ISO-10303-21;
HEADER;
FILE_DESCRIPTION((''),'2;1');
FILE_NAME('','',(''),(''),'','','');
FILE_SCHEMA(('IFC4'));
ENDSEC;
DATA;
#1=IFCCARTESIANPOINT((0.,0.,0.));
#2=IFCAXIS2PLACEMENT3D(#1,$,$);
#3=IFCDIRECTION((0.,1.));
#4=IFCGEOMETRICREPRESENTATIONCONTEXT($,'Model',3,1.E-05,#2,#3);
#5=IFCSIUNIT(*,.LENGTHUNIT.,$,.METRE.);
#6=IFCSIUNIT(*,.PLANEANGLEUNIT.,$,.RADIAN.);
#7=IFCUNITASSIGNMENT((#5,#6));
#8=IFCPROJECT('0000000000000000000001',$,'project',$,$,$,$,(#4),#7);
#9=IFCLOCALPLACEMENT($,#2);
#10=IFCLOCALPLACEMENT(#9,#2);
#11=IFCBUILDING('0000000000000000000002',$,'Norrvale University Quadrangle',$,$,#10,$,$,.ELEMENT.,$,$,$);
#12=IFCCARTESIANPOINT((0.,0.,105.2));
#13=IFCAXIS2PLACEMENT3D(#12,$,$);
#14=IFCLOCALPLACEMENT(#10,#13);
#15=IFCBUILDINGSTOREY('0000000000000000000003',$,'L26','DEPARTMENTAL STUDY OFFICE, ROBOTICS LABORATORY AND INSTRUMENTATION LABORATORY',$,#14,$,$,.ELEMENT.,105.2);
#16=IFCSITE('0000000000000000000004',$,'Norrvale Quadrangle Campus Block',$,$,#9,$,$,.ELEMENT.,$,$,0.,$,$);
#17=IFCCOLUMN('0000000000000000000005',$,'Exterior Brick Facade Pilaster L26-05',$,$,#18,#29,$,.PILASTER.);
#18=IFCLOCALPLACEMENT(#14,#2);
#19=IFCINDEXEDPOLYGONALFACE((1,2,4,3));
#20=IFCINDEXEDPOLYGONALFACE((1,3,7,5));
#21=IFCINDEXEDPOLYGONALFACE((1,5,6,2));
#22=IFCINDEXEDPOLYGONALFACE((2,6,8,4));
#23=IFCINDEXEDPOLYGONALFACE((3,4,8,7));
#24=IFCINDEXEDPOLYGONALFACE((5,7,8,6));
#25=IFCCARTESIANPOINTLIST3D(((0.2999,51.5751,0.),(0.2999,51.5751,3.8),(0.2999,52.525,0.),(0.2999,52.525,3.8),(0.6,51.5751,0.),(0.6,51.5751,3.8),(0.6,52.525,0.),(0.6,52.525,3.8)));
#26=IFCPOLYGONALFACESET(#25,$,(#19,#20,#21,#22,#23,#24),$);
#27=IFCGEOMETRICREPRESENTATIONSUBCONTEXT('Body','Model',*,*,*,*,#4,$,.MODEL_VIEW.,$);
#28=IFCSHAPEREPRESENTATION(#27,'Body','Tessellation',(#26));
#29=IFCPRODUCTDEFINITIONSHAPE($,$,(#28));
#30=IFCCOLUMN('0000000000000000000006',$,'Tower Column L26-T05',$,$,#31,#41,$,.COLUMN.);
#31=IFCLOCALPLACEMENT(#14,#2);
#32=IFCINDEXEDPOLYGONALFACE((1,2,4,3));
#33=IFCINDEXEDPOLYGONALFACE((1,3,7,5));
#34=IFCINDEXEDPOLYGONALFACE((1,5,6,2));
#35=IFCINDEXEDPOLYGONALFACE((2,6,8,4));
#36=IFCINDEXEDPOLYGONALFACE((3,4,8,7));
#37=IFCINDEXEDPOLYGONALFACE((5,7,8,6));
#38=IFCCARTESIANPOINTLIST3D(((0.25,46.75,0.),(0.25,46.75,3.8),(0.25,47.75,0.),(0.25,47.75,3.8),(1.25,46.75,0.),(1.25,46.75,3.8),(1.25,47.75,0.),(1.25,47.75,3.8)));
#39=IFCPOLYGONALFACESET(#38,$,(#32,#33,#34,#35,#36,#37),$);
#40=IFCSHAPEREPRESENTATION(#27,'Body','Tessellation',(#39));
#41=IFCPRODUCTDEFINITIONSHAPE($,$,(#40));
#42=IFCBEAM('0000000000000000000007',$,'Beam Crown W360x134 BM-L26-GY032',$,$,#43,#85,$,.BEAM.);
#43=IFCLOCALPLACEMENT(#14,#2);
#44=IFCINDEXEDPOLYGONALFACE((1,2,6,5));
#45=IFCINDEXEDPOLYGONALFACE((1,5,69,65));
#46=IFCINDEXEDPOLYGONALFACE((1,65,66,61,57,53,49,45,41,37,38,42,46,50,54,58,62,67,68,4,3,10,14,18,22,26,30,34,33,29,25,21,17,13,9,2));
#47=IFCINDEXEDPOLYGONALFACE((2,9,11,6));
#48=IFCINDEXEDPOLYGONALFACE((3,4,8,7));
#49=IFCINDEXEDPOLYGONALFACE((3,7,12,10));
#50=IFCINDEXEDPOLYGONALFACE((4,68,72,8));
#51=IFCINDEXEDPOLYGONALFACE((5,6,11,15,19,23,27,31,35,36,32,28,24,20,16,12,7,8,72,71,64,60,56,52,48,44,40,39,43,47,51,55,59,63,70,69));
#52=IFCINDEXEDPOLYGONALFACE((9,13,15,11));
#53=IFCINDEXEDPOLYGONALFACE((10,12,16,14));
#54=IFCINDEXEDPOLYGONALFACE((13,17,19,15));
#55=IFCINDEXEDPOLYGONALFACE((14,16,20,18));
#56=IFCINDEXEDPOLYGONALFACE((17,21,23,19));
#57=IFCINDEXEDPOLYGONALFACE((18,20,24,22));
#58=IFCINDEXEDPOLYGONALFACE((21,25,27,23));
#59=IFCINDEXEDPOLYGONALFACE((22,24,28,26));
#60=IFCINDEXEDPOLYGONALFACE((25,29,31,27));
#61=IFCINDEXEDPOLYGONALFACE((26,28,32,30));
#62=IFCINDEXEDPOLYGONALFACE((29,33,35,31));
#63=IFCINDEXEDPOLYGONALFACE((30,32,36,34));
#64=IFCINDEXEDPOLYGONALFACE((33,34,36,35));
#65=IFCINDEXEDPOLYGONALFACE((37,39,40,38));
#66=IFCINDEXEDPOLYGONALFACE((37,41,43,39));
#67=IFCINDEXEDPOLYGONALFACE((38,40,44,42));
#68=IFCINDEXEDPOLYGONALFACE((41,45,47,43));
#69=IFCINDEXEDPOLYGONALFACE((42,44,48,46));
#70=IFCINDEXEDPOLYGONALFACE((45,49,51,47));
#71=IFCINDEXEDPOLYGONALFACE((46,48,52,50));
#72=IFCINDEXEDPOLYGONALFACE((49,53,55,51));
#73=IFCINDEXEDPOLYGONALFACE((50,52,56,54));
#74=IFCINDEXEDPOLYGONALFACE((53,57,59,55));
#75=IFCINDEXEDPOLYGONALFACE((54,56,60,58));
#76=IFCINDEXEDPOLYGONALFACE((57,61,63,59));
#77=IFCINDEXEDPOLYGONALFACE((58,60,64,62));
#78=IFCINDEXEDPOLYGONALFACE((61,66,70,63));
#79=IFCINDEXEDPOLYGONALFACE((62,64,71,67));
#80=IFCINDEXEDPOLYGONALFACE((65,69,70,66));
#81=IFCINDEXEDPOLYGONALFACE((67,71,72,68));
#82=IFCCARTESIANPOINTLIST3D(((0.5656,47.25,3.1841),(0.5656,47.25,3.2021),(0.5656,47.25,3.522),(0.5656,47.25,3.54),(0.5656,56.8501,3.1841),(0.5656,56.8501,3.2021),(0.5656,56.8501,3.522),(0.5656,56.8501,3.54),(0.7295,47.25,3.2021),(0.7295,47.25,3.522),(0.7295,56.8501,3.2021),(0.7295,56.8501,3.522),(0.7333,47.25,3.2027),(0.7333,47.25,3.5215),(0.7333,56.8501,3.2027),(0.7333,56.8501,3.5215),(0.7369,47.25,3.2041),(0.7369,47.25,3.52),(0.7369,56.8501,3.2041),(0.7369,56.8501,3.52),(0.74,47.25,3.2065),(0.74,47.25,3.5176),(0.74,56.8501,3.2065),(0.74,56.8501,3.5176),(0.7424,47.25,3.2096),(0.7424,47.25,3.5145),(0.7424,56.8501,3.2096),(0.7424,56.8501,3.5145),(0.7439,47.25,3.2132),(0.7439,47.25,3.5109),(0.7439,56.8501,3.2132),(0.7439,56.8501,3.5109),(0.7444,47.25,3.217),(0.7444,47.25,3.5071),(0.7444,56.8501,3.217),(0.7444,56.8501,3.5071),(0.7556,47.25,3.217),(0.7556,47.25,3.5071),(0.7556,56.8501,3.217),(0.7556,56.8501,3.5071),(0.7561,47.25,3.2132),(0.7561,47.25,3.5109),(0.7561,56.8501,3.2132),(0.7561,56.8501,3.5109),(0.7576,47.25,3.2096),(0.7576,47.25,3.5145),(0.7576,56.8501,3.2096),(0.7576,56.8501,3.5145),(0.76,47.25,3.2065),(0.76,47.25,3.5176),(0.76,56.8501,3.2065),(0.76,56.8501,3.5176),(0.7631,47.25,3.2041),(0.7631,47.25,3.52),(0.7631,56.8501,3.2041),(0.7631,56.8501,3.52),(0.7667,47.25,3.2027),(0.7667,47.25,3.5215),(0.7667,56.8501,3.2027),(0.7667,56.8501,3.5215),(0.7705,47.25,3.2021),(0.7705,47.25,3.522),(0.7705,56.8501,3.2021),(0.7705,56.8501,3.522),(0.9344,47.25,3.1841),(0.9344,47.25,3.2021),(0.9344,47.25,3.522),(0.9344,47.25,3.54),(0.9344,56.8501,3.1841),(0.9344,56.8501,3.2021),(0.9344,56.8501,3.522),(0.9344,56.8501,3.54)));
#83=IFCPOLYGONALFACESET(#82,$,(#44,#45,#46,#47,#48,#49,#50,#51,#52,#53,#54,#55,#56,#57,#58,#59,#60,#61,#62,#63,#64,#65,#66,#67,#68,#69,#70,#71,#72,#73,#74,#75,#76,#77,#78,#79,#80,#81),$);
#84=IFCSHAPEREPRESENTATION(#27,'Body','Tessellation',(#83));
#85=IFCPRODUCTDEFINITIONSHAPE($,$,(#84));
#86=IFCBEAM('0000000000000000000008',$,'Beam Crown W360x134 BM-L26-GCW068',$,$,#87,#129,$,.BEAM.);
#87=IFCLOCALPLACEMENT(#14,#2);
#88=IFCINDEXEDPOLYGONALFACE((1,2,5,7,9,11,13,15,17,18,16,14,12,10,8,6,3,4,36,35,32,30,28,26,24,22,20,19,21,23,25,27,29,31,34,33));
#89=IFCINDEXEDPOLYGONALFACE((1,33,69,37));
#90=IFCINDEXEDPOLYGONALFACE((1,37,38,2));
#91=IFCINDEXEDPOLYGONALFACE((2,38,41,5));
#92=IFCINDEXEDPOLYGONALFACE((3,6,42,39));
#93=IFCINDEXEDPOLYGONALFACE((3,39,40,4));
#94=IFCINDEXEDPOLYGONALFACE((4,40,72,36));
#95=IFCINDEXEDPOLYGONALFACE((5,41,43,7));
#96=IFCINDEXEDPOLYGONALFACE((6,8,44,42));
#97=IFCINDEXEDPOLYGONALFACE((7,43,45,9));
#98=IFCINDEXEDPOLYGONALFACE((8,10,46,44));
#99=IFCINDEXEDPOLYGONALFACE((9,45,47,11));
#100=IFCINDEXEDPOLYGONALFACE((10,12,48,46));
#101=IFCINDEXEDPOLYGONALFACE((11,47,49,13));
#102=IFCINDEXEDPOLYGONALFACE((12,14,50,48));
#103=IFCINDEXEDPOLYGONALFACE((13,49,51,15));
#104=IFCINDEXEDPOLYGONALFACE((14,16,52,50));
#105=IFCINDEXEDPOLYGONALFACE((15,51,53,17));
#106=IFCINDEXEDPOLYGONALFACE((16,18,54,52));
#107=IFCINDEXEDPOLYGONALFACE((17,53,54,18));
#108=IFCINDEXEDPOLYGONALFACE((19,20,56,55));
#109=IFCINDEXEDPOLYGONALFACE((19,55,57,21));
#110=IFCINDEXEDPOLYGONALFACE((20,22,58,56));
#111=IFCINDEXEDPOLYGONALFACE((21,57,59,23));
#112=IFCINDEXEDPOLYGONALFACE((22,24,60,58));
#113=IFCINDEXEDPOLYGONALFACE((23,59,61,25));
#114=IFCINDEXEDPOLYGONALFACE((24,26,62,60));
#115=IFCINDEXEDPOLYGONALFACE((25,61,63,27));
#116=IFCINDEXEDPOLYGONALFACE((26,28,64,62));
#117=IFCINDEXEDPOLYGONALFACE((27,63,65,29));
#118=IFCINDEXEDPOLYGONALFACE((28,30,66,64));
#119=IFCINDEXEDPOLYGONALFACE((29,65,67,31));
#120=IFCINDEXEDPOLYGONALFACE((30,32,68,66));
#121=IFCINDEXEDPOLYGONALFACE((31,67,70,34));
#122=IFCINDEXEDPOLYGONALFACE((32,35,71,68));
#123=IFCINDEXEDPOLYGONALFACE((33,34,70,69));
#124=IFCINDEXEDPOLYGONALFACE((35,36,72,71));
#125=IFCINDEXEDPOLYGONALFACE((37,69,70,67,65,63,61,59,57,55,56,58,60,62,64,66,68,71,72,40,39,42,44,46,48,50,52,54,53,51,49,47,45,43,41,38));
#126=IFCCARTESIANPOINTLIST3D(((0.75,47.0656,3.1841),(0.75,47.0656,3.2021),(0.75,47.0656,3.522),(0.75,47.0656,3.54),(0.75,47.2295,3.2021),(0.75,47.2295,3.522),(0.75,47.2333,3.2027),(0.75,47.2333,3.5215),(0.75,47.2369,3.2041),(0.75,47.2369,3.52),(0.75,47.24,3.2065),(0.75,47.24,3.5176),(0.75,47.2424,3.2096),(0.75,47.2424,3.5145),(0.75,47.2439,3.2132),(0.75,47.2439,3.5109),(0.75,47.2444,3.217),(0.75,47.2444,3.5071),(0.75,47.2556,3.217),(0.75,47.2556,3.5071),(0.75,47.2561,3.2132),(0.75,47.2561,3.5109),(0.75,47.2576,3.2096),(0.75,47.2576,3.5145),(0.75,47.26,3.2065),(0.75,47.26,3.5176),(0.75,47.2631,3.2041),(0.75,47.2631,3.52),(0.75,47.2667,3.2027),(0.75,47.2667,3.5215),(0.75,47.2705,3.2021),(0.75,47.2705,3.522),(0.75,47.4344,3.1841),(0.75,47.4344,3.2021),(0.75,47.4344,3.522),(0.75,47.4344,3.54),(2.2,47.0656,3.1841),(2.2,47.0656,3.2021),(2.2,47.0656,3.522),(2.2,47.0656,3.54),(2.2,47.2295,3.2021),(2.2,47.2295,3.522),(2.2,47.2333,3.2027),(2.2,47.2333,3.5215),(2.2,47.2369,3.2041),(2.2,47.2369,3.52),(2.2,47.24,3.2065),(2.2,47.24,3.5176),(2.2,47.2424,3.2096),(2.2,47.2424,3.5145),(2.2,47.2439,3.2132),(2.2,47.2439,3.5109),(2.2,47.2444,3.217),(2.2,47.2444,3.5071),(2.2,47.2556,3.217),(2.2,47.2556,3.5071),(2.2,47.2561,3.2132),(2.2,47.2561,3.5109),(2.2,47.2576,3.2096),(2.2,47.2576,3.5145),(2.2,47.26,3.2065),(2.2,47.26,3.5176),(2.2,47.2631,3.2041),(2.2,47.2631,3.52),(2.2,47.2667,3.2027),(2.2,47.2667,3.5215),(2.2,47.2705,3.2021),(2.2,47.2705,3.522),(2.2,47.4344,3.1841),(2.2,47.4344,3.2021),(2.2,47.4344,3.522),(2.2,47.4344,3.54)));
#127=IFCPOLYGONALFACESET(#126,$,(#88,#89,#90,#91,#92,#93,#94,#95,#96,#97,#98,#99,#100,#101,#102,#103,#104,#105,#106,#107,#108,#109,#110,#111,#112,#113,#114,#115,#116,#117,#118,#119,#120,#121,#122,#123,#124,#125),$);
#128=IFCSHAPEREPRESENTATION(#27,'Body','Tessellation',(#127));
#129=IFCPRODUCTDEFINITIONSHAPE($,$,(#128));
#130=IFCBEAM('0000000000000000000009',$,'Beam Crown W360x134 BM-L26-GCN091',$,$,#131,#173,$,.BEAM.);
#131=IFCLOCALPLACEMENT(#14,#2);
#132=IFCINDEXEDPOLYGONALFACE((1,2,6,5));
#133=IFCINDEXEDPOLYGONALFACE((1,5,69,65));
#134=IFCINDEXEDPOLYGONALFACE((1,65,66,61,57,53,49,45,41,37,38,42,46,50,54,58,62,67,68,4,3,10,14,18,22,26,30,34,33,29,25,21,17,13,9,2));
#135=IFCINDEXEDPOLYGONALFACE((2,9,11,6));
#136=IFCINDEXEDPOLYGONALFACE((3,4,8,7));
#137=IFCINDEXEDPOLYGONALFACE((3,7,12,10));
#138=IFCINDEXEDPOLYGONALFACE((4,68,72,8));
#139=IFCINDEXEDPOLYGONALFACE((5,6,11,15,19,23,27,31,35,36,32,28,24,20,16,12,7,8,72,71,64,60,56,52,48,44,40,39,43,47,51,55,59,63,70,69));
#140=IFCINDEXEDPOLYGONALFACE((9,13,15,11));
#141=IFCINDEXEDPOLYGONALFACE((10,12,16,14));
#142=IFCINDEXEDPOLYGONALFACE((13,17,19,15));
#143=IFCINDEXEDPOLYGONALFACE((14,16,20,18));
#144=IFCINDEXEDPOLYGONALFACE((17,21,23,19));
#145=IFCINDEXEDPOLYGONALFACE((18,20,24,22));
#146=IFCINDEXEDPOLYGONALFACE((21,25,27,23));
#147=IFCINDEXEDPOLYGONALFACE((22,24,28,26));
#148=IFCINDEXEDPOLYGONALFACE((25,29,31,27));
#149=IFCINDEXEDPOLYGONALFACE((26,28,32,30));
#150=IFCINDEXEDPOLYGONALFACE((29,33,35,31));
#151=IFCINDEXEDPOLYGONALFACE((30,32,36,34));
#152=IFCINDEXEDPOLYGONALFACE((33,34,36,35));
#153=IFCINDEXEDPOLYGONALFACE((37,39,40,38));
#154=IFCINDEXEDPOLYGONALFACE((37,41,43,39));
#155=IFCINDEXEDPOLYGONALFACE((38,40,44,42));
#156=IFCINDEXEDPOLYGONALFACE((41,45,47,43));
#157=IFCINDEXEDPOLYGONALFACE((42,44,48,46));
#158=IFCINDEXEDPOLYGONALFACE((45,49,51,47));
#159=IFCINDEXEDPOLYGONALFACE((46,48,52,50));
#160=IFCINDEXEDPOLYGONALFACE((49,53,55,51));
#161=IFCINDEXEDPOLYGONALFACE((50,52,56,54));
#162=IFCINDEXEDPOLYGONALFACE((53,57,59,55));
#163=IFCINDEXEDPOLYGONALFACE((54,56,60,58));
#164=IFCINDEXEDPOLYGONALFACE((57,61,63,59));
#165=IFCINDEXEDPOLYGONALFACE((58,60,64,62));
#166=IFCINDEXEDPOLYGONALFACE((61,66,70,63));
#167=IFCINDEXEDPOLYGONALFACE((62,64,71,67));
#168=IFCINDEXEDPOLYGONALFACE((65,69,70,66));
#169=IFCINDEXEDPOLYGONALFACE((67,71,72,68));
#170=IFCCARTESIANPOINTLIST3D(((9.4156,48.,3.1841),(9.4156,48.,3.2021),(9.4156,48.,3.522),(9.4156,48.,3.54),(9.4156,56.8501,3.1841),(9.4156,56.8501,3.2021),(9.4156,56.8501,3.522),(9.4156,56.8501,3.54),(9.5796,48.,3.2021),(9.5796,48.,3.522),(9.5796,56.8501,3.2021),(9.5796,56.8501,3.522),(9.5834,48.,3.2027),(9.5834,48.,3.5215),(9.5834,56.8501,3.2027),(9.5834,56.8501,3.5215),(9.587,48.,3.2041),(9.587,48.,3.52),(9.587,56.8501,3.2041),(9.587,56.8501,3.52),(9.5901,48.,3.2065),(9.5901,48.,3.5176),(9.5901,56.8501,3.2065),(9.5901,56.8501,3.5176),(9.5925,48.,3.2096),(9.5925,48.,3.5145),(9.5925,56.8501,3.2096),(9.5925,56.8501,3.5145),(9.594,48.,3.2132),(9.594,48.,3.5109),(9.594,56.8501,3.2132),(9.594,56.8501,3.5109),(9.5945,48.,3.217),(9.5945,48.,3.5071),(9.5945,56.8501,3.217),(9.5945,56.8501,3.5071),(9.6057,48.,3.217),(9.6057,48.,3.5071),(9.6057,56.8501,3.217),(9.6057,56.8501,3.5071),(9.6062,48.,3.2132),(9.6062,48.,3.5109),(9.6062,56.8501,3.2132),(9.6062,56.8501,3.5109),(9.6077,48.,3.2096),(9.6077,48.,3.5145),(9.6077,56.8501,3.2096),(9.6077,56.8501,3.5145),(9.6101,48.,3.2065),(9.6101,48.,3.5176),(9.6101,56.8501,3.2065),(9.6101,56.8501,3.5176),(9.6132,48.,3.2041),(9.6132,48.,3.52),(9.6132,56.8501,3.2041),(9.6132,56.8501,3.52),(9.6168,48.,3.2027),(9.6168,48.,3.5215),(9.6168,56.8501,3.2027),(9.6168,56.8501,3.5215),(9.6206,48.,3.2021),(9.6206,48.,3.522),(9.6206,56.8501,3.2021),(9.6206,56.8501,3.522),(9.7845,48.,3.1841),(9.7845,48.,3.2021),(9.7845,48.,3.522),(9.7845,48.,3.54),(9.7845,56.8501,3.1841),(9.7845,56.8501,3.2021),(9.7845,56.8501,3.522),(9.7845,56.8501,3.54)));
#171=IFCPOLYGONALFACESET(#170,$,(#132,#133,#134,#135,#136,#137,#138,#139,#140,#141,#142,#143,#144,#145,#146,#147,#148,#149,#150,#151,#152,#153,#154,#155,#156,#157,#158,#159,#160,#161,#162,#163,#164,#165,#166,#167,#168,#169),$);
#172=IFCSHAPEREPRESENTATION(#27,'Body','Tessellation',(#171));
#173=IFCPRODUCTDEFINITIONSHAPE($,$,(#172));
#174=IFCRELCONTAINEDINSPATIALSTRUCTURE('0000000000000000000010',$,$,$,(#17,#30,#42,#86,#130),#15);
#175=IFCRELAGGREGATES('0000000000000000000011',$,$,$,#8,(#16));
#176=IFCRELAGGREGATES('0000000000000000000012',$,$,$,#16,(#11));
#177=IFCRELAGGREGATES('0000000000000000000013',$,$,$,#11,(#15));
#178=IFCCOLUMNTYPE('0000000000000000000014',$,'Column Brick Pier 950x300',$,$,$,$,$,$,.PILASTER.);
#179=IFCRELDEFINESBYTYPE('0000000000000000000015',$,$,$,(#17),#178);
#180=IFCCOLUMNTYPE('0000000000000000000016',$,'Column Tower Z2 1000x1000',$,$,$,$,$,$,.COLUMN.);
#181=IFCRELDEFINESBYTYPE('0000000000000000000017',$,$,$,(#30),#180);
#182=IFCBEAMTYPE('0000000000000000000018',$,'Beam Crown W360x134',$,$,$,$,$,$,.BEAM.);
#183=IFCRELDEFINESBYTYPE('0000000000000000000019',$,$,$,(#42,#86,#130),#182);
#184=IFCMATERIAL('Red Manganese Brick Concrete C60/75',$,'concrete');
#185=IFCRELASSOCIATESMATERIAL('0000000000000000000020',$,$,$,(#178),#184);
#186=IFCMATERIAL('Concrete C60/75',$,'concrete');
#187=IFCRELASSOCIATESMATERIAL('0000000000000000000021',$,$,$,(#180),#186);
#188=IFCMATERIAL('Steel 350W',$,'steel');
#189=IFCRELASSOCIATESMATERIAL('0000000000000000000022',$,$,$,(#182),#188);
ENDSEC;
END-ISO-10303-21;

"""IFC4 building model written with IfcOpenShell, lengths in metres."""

from ifc_helpers import new_model, si_unit, direction, frame, origin, origin_2d, place, context, subcontext, project, spatial, rectangle, i_section, extrude, material, material_profile, profile_set, type_object, element, save


model = new_model("IFC4")

# Units and contexts
model_context = context("Model", 3, precision=1e-05, world=origin(), true_north=direction((0.0, 1.0)))
body_context = subcontext(model_context, "Body", "Model", "MODEL_VIEW")
ifc_project = project(units=[si_unit("LENGTHUNIT", "METRE"), si_unit("PLANEANGLEUNIT", "RADIAN")], contexts=[model_context])

# Site, building, storey
site_placement = place(None, origin())
site = spatial("IfcSite", under=ifc_project, at=site_placement, Name="Norrvale Quadrangle Campus Block", CompositionType="ELEMENT", RefElevation=0.0)
building_placement = place(site_placement, origin())
building = spatial("IfcBuilding", under=site, at=building_placement, Name="Norrvale University Quadrangle", CompositionType="ELEMENT")
storey_placement = place(building_placement, frame((0.0, 0.0, 105.2)))
storey = spatial("IfcBuildingStorey", under=building, at=storey_placement, Name="L26", Description="DEPARTMENTAL STUDY OFFICE, ROBOTICS LABORATORY AND INSTRUMENTATION LABORATORY", CompositionType="ELEMENT", Elevation=105.2)

# Columns
ifc_material_1 = material(Name="Red Manganese Brick Concrete C60/75", Category="concrete")
ifc_material_profile_1 = material_profile(ifc_material_1, rectangle(XDim=0.95, YDim=0.3, at=origin_2d()), Name="Red Manganese Brick Concrete C60/75")
ifc_profile_set_1 = profile_set([ifc_material_profile_1], Name="Red Manganese Brick Concrete C60/75")
column_type_1 = type_object("IfcColumnType", Name="Column Brick Pier 950x300", PredefinedType="PILASTER", material=ifc_profile_set_1)
column_1_placement = place(storey_placement, frame((0.45, 52.05, 0.0), z_axis=(0.0, 0.0, 1.0), x_axis=(0.0, 1.0, 0.0)))
element("IfcColumn", 1, at=column_1_placement, inside=storey, type_object=column_type_1, Name="Exterior Brick Facade Pilaster L26-05", PredefinedType="PILASTER", context=body_context, shape_type="SweptSolid", body=[
    extrude(rectangle(XDim=0.95, YDim=0.3, at=origin_2d()), origin(), (0.0, 0.0, 1.0), 3.8),
])
ifc_material_2 = material(Name="Concrete C60/75", Category="concrete")
ifc_material_profile_2 = material_profile(ifc_material_2, rectangle(XDim=1.0, YDim=1.0, at=origin_2d()), Name="Concrete C60/75")
ifc_profile_set_2 = profile_set([ifc_material_profile_2], Name="Concrete C60/75")
column_type_2 = type_object("IfcColumnType", Name="Column Tower Z2 1000x1000", PredefinedType="COLUMN", material=ifc_profile_set_2)
column_2_placement = place(storey_placement, frame((0.75, 47.25, 0.0), z_axis=(0.0, 0.0, 1.0), x_axis=(1.0, 0.0, 0.0)))
element("IfcColumn", 2, at=column_2_placement, inside=storey, type_object=column_type_2, Name="Tower Column L26-T05", PredefinedType="COLUMN", context=body_context, shape_type="SweptSolid", body=[
    extrude(rectangle(XDim=1.0, YDim=1.0, at=origin_2d()), origin(), (0.0, 0.0, 1.0), 3.8),
])

# Beams
ifc_material_3 = material(Name="Steel 350W", Category="steel")
ifc_material_profile_3 = material_profile(ifc_material_3, i_section(OverallWidth=0.3689, OverallDepth=0.356, WebThickness=0.0112, FlangeThickness=0.0181, FilletRadius=0.0149, at=origin_2d()), Name="Steel 350W")
ifc_profile_set_3 = profile_set([ifc_material_profile_3], Name="Steel 350W")
beam_type_1 = type_object("IfcBeamType", Name="Beam Crown W360x134", PredefinedType="BEAM", material=ifc_profile_set_3)
beam_1_placement = place(storey_placement, frame((0.75, 47.25, 3.3621), z_axis=(0.0, 1.0, 0.0), x_axis=(-1.0, 0.0, 0.0)))
element("IfcBeam", 3, at=beam_1_placement, inside=storey, type_object=beam_type_1, Name="Beam Crown W360x134 BM-L26-GY032", PredefinedType="BEAM", context=body_context, shape_type="SweptSolid", body=[
    extrude(i_section(OverallWidth=0.3689, OverallDepth=0.356, WebThickness=0.0112, FlangeThickness=0.0181, FilletRadius=0.0149, at=origin_2d()), origin(), (0.0, 0.0, 1.0), 9.6001),
])
beam_2_placement = place(storey_placement, frame((0.75, 47.25, 3.3621), z_axis=(1.0, 0.0, 0.0), x_axis=(0.0, 1.0, 0.0)))
element("IfcBeam", 4, at=beam_2_placement, inside=storey, type_object=beam_type_1, Name="Beam Crown W360x134 BM-L26-GCW068", PredefinedType="BEAM", context=body_context, shape_type="SweptSolid", body=[
    extrude(i_section(OverallWidth=0.3689, OverallDepth=0.356, WebThickness=0.0112, FlangeThickness=0.0181, FilletRadius=0.0149, at=origin_2d()), origin(), (0.0, 0.0, 1.0), 1.45),
])
beam_3_placement = place(storey_placement, frame((9.6001, 48.0, 3.3621), z_axis=(0.0, 1.0, 0.0), x_axis=(-1.0, 0.0, 0.0)))
element("IfcBeam", 5, at=beam_3_placement, inside=storey, type_object=beam_type_1, Name="Beam Crown W360x134 BM-L26-GCN091", PredefinedType="BEAM", context=body_context, shape_type="SweptSolid", body=[
    extrude(i_section(OverallWidth=0.3689, OverallDepth=0.356, WebThickness=0.0112, FlangeThickness=0.0181, FilletRadius=0.0149, at=origin_2d()), origin(), (0.0, 0.0, 1.0), 8.8501),
])

save(model, "model.ifc")
